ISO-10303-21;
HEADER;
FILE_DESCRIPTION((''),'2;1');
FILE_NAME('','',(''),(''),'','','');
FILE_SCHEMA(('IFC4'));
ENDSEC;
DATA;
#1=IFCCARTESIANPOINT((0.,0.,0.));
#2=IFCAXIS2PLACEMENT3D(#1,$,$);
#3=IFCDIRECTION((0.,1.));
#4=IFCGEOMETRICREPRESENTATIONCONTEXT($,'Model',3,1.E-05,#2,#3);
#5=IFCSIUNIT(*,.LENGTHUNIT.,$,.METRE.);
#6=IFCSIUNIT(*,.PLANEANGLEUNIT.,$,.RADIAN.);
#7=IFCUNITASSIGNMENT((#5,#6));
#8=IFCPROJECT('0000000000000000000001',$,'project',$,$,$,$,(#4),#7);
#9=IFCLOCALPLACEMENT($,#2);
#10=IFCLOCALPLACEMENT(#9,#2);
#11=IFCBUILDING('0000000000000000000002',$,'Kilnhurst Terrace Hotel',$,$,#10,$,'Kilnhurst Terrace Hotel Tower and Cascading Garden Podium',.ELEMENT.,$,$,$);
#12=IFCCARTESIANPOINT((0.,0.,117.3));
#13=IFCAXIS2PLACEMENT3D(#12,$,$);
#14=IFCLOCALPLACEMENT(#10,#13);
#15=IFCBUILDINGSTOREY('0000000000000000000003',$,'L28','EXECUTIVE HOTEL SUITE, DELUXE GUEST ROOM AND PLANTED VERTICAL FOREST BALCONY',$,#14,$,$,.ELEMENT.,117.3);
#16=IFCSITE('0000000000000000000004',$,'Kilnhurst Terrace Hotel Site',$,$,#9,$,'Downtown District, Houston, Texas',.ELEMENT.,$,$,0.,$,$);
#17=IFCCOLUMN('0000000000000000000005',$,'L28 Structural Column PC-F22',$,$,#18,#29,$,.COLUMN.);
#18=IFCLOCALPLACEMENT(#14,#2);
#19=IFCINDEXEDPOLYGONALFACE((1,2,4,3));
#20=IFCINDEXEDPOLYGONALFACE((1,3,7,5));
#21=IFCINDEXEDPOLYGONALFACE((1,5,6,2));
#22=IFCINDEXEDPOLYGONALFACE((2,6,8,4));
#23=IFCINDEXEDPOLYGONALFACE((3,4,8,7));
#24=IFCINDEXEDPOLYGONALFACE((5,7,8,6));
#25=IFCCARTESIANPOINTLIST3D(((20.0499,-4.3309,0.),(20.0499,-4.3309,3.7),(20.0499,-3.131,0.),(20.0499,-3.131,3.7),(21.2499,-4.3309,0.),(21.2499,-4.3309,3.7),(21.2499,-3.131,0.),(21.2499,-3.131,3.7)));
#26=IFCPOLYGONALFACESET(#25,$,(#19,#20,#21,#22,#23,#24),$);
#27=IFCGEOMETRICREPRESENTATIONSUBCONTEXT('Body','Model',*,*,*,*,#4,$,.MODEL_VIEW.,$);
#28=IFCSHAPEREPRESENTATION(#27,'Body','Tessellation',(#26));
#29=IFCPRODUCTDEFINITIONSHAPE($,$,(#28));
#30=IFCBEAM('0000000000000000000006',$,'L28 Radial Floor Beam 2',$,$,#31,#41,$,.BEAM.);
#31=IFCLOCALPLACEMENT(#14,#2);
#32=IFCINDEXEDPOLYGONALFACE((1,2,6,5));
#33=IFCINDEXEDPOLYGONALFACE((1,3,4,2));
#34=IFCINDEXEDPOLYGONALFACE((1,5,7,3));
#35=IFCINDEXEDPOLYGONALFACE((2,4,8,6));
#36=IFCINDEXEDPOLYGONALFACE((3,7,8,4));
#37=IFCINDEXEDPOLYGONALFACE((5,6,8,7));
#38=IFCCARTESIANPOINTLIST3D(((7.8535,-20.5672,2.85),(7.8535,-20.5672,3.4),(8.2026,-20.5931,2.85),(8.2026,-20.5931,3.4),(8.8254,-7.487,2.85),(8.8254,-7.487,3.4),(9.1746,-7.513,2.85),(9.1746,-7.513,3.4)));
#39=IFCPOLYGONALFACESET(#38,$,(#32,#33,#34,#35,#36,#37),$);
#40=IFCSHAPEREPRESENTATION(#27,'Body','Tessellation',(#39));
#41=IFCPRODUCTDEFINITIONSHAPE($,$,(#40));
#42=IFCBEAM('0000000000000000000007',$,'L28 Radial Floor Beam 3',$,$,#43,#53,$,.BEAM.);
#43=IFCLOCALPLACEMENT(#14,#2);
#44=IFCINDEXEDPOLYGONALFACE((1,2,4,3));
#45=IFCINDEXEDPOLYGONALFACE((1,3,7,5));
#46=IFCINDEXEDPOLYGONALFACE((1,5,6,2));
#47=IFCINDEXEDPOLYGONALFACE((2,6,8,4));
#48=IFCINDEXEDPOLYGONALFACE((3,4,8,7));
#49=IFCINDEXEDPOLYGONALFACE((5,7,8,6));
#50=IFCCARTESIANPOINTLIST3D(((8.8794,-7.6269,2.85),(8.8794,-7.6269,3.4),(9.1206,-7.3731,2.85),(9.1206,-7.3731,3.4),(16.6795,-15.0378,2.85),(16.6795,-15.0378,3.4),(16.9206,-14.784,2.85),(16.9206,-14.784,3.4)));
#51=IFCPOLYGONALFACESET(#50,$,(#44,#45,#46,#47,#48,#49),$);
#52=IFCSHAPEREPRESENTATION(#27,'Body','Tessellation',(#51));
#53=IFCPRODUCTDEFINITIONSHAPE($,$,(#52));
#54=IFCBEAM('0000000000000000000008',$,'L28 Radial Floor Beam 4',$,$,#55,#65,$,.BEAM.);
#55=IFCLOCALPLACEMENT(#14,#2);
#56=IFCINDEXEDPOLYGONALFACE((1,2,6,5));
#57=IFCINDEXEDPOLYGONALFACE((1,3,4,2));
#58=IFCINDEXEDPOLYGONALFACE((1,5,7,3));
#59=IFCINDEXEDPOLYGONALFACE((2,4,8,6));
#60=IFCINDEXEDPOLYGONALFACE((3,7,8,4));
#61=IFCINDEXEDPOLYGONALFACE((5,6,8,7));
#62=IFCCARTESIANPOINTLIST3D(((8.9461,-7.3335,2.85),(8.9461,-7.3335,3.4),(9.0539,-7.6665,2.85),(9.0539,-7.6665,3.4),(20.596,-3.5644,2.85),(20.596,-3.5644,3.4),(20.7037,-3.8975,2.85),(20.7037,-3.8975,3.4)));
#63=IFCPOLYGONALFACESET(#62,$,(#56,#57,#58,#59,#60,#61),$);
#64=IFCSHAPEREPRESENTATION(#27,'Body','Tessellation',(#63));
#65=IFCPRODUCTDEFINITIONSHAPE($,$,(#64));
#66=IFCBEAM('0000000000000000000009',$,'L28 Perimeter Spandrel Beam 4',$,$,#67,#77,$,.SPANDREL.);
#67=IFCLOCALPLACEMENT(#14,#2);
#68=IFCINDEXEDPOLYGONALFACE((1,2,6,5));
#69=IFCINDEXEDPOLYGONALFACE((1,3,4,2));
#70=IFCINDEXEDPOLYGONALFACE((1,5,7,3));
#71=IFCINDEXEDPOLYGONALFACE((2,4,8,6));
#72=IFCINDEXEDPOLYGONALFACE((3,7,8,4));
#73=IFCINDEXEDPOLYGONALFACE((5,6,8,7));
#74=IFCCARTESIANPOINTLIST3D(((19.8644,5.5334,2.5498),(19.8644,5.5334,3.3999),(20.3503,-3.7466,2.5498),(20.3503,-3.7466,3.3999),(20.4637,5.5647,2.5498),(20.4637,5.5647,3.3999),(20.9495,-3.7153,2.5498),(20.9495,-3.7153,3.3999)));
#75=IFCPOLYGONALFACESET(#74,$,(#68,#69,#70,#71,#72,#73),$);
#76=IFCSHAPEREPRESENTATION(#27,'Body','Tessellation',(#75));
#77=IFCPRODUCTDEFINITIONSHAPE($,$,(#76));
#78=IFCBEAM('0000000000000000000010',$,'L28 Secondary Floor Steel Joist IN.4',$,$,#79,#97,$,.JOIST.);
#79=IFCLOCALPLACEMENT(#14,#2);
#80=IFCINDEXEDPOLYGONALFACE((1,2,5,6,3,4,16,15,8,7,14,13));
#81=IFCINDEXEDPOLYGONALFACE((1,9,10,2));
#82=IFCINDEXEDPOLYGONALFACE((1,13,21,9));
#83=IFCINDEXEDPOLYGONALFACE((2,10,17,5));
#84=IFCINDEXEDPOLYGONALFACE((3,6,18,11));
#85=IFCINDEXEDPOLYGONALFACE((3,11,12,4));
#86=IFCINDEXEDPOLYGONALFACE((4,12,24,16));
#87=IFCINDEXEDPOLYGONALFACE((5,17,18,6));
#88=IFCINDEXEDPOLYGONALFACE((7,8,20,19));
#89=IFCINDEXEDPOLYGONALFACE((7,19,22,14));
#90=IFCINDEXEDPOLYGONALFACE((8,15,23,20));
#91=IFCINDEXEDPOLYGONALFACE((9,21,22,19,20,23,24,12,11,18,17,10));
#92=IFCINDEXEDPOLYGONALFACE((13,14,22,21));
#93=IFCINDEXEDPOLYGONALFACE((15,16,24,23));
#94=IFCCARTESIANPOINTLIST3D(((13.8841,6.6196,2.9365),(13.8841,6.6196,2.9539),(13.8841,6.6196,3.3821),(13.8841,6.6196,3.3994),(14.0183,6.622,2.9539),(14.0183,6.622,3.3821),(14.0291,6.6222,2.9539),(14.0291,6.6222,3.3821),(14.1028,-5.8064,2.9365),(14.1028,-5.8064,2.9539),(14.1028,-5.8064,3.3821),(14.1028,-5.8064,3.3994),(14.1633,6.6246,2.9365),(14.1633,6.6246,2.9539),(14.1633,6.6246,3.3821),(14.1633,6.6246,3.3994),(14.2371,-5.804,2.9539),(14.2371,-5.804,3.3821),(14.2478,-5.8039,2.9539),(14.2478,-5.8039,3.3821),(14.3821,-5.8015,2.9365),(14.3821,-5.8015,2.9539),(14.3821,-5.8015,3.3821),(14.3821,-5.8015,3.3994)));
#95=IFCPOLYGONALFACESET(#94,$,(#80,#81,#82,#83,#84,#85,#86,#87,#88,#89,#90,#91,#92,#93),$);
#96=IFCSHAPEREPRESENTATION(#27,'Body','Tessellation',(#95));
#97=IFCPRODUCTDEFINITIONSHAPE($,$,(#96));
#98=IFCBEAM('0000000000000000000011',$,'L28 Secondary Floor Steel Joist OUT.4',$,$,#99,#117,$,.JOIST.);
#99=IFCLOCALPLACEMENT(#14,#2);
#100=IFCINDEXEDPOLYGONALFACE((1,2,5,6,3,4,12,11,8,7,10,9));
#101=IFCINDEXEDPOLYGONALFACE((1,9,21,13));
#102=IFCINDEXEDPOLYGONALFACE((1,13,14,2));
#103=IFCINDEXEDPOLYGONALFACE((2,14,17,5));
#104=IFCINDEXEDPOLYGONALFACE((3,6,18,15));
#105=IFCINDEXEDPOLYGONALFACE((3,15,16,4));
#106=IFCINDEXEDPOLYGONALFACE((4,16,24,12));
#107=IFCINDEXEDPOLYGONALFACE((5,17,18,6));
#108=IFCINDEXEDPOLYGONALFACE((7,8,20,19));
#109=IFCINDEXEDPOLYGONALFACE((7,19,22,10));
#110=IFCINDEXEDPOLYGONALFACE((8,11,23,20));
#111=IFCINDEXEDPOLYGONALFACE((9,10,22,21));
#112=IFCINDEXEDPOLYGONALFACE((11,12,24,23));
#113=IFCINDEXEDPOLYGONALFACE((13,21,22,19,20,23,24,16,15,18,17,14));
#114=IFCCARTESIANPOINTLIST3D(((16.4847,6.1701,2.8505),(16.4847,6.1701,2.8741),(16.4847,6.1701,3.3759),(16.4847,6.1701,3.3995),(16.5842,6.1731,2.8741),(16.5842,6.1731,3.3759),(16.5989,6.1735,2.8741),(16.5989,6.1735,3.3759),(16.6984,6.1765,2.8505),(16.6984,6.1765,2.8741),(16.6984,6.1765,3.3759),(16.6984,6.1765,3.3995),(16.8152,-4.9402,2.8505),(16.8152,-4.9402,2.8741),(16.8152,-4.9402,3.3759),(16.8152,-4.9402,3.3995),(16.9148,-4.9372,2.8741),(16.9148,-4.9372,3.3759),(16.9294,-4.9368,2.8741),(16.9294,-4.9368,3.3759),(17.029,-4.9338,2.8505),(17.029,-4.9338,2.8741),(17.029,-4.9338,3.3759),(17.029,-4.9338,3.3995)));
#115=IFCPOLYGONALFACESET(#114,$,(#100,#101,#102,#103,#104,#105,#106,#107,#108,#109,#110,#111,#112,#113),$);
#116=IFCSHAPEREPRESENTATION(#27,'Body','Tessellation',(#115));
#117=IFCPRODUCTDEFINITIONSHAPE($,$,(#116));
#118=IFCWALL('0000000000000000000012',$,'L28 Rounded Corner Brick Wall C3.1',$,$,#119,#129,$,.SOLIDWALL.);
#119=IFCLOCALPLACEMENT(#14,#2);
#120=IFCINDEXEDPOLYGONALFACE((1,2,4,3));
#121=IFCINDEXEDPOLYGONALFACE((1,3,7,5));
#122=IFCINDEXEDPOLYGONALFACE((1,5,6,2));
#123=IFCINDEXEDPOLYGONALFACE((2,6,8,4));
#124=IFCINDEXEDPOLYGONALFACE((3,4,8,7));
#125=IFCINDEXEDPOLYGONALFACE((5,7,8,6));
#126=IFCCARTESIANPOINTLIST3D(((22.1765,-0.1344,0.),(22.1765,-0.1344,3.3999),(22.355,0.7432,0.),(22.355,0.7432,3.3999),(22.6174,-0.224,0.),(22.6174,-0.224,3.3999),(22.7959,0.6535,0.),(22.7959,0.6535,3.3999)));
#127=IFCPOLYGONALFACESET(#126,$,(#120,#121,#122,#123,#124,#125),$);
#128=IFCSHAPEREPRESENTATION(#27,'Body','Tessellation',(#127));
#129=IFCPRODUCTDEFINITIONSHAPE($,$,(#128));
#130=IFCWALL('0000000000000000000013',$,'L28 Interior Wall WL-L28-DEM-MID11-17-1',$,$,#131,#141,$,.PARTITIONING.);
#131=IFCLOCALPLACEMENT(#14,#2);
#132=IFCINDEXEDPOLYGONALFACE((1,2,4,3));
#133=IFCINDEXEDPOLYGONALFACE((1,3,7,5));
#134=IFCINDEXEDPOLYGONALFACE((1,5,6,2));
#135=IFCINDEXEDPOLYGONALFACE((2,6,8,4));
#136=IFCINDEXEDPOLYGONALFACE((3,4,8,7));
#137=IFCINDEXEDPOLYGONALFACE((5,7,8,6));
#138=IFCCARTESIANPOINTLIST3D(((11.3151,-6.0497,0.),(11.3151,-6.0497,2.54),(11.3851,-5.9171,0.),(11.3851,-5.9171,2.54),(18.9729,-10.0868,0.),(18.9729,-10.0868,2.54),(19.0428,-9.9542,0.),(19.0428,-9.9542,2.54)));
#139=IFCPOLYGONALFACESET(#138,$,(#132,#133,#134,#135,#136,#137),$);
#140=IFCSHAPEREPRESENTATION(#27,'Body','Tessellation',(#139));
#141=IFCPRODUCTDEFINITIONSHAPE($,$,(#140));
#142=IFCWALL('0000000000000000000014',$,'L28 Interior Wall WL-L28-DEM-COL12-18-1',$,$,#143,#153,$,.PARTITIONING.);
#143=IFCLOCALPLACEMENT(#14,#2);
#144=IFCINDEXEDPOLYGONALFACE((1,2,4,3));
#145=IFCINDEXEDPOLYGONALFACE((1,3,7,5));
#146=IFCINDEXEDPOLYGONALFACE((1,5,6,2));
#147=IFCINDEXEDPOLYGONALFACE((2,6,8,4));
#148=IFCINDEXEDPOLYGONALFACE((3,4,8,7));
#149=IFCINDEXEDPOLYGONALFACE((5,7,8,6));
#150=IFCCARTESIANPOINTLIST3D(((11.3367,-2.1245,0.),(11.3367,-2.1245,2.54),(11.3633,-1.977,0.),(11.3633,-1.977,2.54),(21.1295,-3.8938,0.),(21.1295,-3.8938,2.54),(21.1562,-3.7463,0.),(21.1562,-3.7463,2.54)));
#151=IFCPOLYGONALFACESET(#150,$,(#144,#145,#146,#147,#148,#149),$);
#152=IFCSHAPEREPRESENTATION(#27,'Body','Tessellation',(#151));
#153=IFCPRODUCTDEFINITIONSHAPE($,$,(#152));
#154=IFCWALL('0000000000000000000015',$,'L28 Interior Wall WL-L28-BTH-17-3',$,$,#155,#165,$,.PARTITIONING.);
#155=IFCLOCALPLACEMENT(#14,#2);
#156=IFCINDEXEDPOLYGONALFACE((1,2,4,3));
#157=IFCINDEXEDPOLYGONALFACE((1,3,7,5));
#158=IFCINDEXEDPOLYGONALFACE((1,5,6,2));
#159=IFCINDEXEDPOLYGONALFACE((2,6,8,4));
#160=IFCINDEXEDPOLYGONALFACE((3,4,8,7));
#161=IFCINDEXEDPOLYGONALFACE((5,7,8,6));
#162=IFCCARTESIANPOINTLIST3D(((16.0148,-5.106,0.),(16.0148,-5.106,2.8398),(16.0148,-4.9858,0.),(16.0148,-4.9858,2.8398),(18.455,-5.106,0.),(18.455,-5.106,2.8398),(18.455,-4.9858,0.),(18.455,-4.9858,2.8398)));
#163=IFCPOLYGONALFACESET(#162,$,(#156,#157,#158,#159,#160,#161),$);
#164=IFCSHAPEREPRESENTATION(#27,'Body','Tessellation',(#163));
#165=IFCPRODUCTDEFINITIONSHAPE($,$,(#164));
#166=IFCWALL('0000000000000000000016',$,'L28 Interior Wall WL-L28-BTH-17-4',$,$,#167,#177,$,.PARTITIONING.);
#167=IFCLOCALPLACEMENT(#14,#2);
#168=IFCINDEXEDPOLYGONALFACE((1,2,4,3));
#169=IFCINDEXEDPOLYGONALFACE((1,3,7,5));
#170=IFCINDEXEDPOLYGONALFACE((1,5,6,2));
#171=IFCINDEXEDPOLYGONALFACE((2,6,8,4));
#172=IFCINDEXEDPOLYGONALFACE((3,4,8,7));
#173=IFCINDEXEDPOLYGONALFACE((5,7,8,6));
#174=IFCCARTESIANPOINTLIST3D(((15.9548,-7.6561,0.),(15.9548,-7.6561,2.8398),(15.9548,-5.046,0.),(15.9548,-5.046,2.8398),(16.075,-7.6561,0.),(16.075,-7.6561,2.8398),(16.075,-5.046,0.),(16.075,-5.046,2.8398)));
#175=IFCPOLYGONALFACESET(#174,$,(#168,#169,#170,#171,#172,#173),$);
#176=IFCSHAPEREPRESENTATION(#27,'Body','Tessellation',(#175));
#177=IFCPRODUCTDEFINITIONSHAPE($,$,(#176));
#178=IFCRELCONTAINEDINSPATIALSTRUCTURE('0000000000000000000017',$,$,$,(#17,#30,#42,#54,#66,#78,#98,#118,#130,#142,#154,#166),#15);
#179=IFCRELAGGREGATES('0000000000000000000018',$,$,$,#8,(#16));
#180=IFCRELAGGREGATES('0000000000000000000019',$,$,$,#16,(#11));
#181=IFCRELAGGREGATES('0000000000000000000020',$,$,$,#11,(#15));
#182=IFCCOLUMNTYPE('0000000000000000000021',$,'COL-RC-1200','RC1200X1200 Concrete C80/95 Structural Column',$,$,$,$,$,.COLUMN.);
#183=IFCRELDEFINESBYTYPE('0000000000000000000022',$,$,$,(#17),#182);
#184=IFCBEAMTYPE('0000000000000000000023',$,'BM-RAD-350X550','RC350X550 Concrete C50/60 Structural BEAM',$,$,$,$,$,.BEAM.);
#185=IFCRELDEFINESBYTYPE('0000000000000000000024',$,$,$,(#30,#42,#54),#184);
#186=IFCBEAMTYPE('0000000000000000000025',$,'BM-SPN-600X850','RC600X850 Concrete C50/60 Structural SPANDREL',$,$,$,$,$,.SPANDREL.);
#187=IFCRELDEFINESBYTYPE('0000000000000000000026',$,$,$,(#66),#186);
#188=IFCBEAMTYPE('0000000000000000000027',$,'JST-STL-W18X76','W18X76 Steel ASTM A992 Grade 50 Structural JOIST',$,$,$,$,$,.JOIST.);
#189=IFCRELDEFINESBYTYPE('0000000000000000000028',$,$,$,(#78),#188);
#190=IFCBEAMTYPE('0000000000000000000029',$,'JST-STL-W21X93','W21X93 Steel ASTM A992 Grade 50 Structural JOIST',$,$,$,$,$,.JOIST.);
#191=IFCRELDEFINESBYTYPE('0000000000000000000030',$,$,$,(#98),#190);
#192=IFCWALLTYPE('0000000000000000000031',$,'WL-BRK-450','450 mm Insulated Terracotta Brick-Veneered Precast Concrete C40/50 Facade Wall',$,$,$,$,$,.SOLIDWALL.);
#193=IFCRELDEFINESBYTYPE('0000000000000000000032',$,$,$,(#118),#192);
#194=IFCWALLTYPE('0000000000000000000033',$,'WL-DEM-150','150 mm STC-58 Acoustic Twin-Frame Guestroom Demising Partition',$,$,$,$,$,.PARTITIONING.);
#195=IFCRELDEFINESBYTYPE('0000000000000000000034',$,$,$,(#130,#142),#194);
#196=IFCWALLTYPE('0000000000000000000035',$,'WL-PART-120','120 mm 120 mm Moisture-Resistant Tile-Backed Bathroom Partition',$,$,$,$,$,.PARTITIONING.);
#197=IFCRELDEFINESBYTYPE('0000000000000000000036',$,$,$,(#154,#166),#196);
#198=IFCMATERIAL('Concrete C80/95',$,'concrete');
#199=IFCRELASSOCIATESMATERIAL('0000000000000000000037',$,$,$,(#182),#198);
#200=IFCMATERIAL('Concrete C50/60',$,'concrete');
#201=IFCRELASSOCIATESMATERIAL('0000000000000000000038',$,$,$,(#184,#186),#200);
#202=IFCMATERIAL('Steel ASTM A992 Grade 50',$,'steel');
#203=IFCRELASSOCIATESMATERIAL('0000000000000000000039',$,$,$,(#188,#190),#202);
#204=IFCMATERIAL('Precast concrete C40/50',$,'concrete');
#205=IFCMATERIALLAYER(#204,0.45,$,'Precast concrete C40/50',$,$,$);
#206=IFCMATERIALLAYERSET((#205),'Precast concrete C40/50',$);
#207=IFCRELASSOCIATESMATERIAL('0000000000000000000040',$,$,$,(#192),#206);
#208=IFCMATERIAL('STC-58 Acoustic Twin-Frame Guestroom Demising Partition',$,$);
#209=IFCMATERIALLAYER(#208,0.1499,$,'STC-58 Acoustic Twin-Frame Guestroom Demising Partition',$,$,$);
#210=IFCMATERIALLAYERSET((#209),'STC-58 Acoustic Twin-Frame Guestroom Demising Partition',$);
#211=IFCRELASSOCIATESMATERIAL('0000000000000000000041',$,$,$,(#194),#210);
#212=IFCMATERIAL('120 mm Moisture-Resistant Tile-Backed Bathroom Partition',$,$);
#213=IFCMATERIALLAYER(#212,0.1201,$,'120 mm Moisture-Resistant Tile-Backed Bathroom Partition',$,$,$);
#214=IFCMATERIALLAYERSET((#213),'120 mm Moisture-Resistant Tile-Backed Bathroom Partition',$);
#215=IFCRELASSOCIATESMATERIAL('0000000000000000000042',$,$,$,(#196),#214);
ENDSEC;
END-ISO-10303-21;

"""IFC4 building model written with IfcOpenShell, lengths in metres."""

from ifc_helpers import new_model, si_unit, direction, frame, frame_2d, origin, origin_2d, place, context, subcontext, project, spatial, rectangle, i_section, extrude, material, layer, layer_set, material_profile, profile_set, type_object, element, save


model = new_model("IFC4")

# Units and contexts
model_context = context("Model", 3, precision=1e-05, world=origin(), true_north=direction((0.0, 1.0)))
body_context = subcontext(model_context, "Body", "Model", "MODEL_VIEW")
ifc_project = project(units=[si_unit("LENGTHUNIT", "METRE"), si_unit("PLANEANGLEUNIT", "RADIAN")], contexts=[model_context])

# Site, building, storey
site_placement = place(None, origin())
site = spatial("IfcSite", under=ifc_project, at=site_placement, Name="Kilnhurst Terrace Hotel Site", LongName="Downtown District, Houston, Texas", CompositionType="ELEMENT", RefElevation=0.0)
building_placement = place(site_placement, origin())
building = spatial("IfcBuilding", under=site, at=building_placement, Name="Kilnhurst Terrace Hotel", LongName="Kilnhurst Terrace Hotel Tower and Cascading Garden Podium", CompositionType="ELEMENT")
storey_placement = place(building_placement, frame((0.0, 0.0, 117.3)))
storey = spatial("IfcBuildingStorey", under=building, at=storey_placement, Name="L28", Description="EXECUTIVE HOTEL SUITE, DELUXE GUEST ROOM AND PLANTED VERTICAL FOREST BALCONY", CompositionType="ELEMENT", Elevation=117.3)

# Column
ifc_material_1 = material(Name="Concrete C80/95", Category="concrete")
ifc_material_profile_1 = material_profile(ifc_material_1, rectangle(XDim=1.2, YDim=1.2, at=origin_2d()), Name="RC1200X1200")
ifc_profile_set_1 = profile_set([ifc_material_profile_1], Name="Concrete C80/95")
column_type = type_object("IfcColumnType", Name="COL-RC-1200", Description="RC1200X1200 Concrete C80/95 Structural Column", PredefinedType="COLUMN", material=ifc_profile_set_1)
column_placement = place(storey_placement, frame((20.6499, -3.731, 0.0), z_axis=(0.0, 0.0, 1.0), x_axis=(1.0, 0.0, 0.0)))
element("IfcColumn", 1, at=column_placement, inside=storey, type_object=column_type, Name="L28 Structural Column PC-F22", PredefinedType="COLUMN", context=body_context, shape_type="SweptSolid", body=[
    extrude(rectangle(XDim=1.2, YDim=1.2, at=origin_2d()), origin(), (0.0, 0.0, 1.0), 3.7),
])

# Beams
ifc_material_2 = material(Name="Concrete C50/60", Category="concrete")
ifc_material_profile_2 = material_profile(ifc_material_2, rectangle(XDim=0.3501, YDim=0.55, at=origin_2d()), Name="RC350X550")
ifc_profile_set_2 = profile_set([ifc_material_profile_2], Name="Concrete C50/60")
beam_type_1 = type_object("IfcBeamType", Name="BM-RAD-350X550", Description="RC350X550 Concrete C50/60 Structural BEAM", PredefinedType="BEAM", material=ifc_profile_set_2)
beam_1_placement = place(storey_placement, frame((9.0, -7.5, 3.125), z_axis=(-0.074101, -0.997251, 0.0), x_axis=(0.997251, -0.074101, 0.0)))
element("IfcBeam", 2, at=beam_1_placement, inside=storey, type_object=beam_type_1, Name="L28 Radial Floor Beam 2", PredefinedType="BEAM", context=body_context, shape_type="SweptSolid", body=[
    extrude(rectangle(XDim=0.3501, YDim=0.55, at=origin_2d()), origin(), (0.0, 0.0, 1.0), 13.1162),
])
beam_2_placement = place(storey_placement, frame((9.0, -7.5, 3.125), z_axis=(0.72496, -0.688791, 0.0), x_axis=(0.688791, 0.72496, 0.0)))
element("IfcBeam", 3, at=beam_2_placement, inside=storey, type_object=beam_type_1, Name="L28 Radial Floor Beam 3", PredefinedType="BEAM", context=body_context, shape_type="SweptSolid", body=[
    extrude(rectangle(XDim=0.3501, YDim=0.55, at=origin_2d()), origin(), (0.0, 0.0, 1.0), 10.7593),
])
beam_3_placement = place(storey_placement, frame((9.0, -7.5, 3.125), z_axis=(0.951446, 0.307817, 0.0), x_axis=(-0.307817, 0.951446, 0.0)))
element("IfcBeam", 4, at=beam_3_placement, inside=storey, type_object=beam_type_1, Name="L28 Radial Floor Beam 4", PredefinedType="BEAM", context=body_context, shape_type="SweptSolid", body=[
    extrude(rectangle(XDim=0.3501, YDim=0.55, at=origin_2d()), origin(), (0.0, 0.0, 1.0), 12.2444),
])
ifc_material_profile_3 = material_profile(ifc_material_2, rectangle(XDim=0.6001, YDim=0.8501, at=origin_2d()), Name="RC600X850")
ifc_profile_set_3 = profile_set([ifc_material_profile_3], Name="Concrete C50/60")
beam_type_2 = type_object("IfcBeamType", Name="BM-SPN-600X850", Description="RC600X850 Concrete C50/60 Structural SPANDREL", PredefinedType="SPANDREL", material=ifc_profile_set_3)
beam_4_placement = place(storey_placement, frame((20.6499, -3.731, 2.9749), z_axis=(-0.052282, 0.998632, 0.0), x_axis=(-0.998632, -0.052282, 0.0)))
element("IfcBeam", 5, at=beam_4_placement, inside=storey, type_object=beam_type_2, Name="L28 Perimeter Spandrel Beam 4", PredefinedType="SPANDREL", context=body_context, shape_type="SweptSolid", body=[
    extrude(rectangle(XDim=0.6001, YDim=0.8501, at=origin_2d()), origin(), (0.0, 0.0, 1.0), 9.2927),
])
ifc_material_3 = material(Name="Steel ASTM A992 Grade 50", Category="steel")
ifc_material_profile_4 = material_profile(ifc_material_3, i_section(OverallWidth=0.2793, OverallDepth=0.4629, WebThickness=0.0107, FlangeThickness=0.0173, at=origin_2d()), Name="W18X76")
ifc_profile_set_4 = profile_set([ifc_material_profile_4], Name="Steel ASTM A992 Grade 50")
beam_type_3 = type_object("IfcBeamType", Name="JST-STL-W18X76", Description="W18X76 Steel ASTM A992 Grade 50 Structural JOIST", PredefinedType="JOIST", material=ifc_profile_set_4)
beam_5_placement = place(storey_placement, frame((14.2424, -5.804, 3.168), z_axis=(-0.017601, 0.999845, 0.0), x_axis=(-0.999845, -0.017601, 0.0)))
element("IfcBeam", 6, at=beam_5_placement, inside=storey, type_object=beam_type_3, Name="L28 Secondary Floor Steel Joist IN.4", PredefinedType="JOIST", context=body_context, shape_type="SweptSolid", body=[
    extrude(i_section(OverallWidth=0.2793, OverallDepth=0.4629, WebThickness=0.0107, FlangeThickness=0.0173, at=origin_2d()), origin(), (0.0, 0.0, 1.0), 12.428),
])
ifc_material_profile_5 = material_profile(ifc_material_3, i_section(OverallWidth=0.2139, OverallDepth=0.5491, WebThickness=0.0146, FlangeThickness=0.0237, at=origin_2d()), Name="W21X93")
ifc_profile_set_5 = profile_set([ifc_material_profile_5], Name="Steel ASTM A992 Grade 50")
beam_type_4 = type_object("IfcBeamType", Name="JST-STL-W21X93", Description="W21X93 Steel ASTM A992 Grade 50 Structural JOIST", PredefinedType="JOIST", material=ifc_profile_set_5)
beam_6_placement = place(storey_placement, frame((16.9221, -4.937, 3.125), z_axis=(-0.02974, 0.999558, 0.0), x_axis=(-0.999558, -0.02974, 0.0)))
element("IfcBeam", 7, at=beam_6_placement, inside=storey, type_object=beam_type_4, Name="L28 Secondary Floor Steel Joist OUT.4", PredefinedType="JOIST", context=body_context, shape_type="SweptSolid", body=[
    extrude(i_section(OverallWidth=0.2139, OverallDepth=0.5491, WebThickness=0.0146, FlangeThickness=0.0237, at=origin_2d()), origin(), (0.0, 0.0, 1.0), 11.1152),
])

# Wall
ifc_material_4 = material(Name="Precast concrete C40/50", Category="concrete")
ifc_layer_1 = layer(ifc_material_4, 0.45, Name="Precast concrete C40/50")
ifc_layer_set_1 = layer_set([ifc_layer_1], Name="Precast concrete C40/50")
wall_type_1 = type_object("IfcWallType", Name="WL-BRK-450", Description="450 mm Insulated Terracotta Brick-Veneered Precast Concrete C40/50 Facade Wall", PredefinedType="SOLIDWALL", material=ifc_layer_set_1)
wall_1_placement = place(storey_placement, frame((22.397, -0.1792, 0.0), z_axis=(0.0, 0.0, 1.0), x_axis=(0.199314, 0.979936, 0.0)))
element("IfcWall", 8, at=wall_1_placement, inside=storey, type_object=wall_type_1, Name="L28 Rounded Corner Brick Wall C3.1", PredefinedType="SOLIDWALL", context=body_context, shape_type="SweptSolid", body=[
    extrude(rectangle(XDim=0.8955, YDim=0.45, at=frame_2d((0.4478, 0.0))), origin(), (0.0, 0.0, 1.0), 3.3999),
])

# Walls
ifc_material_5 = material(Name="STC-58 Acoustic Twin-Frame Guestroom Demising Partition")
ifc_layer_2 = layer(ifc_material_5, 0.1499, Name="STC-58 Acoustic Twin-Frame Guestroom Demising Partition")
ifc_layer_set_2 = layer_set([ifc_layer_2], Name="STC-58 Acoustic Twin-Frame Guestroom Demising Partition")
wall_type_2 = type_object("IfcWallType", Name="WL-DEM-150", Description="150 mm STC-58 Acoustic Twin-Frame Guestroom Demising Partition", PredefinedType="PARTITIONING", material=ifc_layer_set_2)
wall_2_placement = place(storey_placement, frame((11.3501, -5.9834, 0.0), z_axis=(0.0, 0.0, 1.0), x_axis=(0.884597, -0.466355, 0.0)))
element("IfcWall", 9, at=wall_2_placement, inside=storey, type_object=wall_type_2, Name="L28 Interior Wall WL-L28-DEM-MID11-17-1", PredefinedType="PARTITIONING", context=body_context, shape_type="SweptSolid", body=[
    extrude(rectangle(XDim=8.6567, YDim=0.1499, at=frame_2d((4.3284, 0.0))), origin(), (0.0, 0.0, 1.0), 2.54),
])
wall_3_placement = place(storey_placement, frame((11.3501, -2.0508, 0.0), z_axis=(0.0, 0.0, 1.0), x_axis=(0.984068, -0.177791, 0.0)))
element("IfcWall", 10, at=wall_3_placement, inside=storey, type_object=wall_type_2, Name="L28 Interior Wall WL-L28-DEM-COL12-18-1", PredefinedType="PARTITIONING", context=body_context, shape_type="SweptSolid", body=[
    extrude(rectangle(XDim=9.9514, YDim=0.1499, at=frame_2d((4.9756, 0.0))), origin(), (0.0, 0.0, 1.0), 2.54),
])
ifc_material_6 = material(Name="120 mm Moisture-Resistant Tile-Backed Bathroom Partition")
ifc_layer_3 = layer(ifc_material_6, 0.1201, Name="120 mm Moisture-Resistant Tile-Backed Bathroom Partition")
ifc_layer_set_3 = layer_set([ifc_layer_3], Name="120 mm Moisture-Resistant Tile-Backed Bathroom Partition")
wall_type_3 = type_object("IfcWallType", Name="WL-PART-120", Description="120 mm 120 mm Moisture-Resistant Tile-Backed Bathroom Partition", PredefinedType="PARTITIONING", material=ifc_layer_set_3)
wall_4_placement = place(storey_placement, frame((18.4551, -5.0459, 0.0), z_axis=(0.0, 0.0, 1.0), x_axis=(-1.0, 0.0, 0.0)))
element("IfcWall", 11, at=wall_4_placement, inside=storey, type_object=wall_type_3, Name="L28 Interior Wall WL-L28-BTH-17-3", PredefinedType="PARTITIONING", context=body_context, shape_type="SweptSolid", body=[
    extrude(rectangle(XDim=2.4402, YDim=0.1201, at=frame_2d((1.2202, 0.0))), origin(), (0.0, 0.0, 1.0), 2.8398),
])
wall_5_placement = place(storey_placement, frame((16.0149, -5.0459, 0.0), z_axis=(0.0, 0.0, 1.0), x_axis=(0.0, -1.0, 0.0)))
element("IfcWall", 12, at=wall_5_placement, inside=storey, type_object=wall_type_3, Name="L28 Interior Wall WL-L28-BTH-17-4", PredefinedType="PARTITIONING", context=body_context, shape_type="SweptSolid", body=[
    extrude(rectangle(XDim=2.6101, YDim=0.1201, at=frame_2d((1.3052, 0.0))), origin(), (0.0, 0.0, 1.0), 2.8398),
])

save(model, "model.ifc")
